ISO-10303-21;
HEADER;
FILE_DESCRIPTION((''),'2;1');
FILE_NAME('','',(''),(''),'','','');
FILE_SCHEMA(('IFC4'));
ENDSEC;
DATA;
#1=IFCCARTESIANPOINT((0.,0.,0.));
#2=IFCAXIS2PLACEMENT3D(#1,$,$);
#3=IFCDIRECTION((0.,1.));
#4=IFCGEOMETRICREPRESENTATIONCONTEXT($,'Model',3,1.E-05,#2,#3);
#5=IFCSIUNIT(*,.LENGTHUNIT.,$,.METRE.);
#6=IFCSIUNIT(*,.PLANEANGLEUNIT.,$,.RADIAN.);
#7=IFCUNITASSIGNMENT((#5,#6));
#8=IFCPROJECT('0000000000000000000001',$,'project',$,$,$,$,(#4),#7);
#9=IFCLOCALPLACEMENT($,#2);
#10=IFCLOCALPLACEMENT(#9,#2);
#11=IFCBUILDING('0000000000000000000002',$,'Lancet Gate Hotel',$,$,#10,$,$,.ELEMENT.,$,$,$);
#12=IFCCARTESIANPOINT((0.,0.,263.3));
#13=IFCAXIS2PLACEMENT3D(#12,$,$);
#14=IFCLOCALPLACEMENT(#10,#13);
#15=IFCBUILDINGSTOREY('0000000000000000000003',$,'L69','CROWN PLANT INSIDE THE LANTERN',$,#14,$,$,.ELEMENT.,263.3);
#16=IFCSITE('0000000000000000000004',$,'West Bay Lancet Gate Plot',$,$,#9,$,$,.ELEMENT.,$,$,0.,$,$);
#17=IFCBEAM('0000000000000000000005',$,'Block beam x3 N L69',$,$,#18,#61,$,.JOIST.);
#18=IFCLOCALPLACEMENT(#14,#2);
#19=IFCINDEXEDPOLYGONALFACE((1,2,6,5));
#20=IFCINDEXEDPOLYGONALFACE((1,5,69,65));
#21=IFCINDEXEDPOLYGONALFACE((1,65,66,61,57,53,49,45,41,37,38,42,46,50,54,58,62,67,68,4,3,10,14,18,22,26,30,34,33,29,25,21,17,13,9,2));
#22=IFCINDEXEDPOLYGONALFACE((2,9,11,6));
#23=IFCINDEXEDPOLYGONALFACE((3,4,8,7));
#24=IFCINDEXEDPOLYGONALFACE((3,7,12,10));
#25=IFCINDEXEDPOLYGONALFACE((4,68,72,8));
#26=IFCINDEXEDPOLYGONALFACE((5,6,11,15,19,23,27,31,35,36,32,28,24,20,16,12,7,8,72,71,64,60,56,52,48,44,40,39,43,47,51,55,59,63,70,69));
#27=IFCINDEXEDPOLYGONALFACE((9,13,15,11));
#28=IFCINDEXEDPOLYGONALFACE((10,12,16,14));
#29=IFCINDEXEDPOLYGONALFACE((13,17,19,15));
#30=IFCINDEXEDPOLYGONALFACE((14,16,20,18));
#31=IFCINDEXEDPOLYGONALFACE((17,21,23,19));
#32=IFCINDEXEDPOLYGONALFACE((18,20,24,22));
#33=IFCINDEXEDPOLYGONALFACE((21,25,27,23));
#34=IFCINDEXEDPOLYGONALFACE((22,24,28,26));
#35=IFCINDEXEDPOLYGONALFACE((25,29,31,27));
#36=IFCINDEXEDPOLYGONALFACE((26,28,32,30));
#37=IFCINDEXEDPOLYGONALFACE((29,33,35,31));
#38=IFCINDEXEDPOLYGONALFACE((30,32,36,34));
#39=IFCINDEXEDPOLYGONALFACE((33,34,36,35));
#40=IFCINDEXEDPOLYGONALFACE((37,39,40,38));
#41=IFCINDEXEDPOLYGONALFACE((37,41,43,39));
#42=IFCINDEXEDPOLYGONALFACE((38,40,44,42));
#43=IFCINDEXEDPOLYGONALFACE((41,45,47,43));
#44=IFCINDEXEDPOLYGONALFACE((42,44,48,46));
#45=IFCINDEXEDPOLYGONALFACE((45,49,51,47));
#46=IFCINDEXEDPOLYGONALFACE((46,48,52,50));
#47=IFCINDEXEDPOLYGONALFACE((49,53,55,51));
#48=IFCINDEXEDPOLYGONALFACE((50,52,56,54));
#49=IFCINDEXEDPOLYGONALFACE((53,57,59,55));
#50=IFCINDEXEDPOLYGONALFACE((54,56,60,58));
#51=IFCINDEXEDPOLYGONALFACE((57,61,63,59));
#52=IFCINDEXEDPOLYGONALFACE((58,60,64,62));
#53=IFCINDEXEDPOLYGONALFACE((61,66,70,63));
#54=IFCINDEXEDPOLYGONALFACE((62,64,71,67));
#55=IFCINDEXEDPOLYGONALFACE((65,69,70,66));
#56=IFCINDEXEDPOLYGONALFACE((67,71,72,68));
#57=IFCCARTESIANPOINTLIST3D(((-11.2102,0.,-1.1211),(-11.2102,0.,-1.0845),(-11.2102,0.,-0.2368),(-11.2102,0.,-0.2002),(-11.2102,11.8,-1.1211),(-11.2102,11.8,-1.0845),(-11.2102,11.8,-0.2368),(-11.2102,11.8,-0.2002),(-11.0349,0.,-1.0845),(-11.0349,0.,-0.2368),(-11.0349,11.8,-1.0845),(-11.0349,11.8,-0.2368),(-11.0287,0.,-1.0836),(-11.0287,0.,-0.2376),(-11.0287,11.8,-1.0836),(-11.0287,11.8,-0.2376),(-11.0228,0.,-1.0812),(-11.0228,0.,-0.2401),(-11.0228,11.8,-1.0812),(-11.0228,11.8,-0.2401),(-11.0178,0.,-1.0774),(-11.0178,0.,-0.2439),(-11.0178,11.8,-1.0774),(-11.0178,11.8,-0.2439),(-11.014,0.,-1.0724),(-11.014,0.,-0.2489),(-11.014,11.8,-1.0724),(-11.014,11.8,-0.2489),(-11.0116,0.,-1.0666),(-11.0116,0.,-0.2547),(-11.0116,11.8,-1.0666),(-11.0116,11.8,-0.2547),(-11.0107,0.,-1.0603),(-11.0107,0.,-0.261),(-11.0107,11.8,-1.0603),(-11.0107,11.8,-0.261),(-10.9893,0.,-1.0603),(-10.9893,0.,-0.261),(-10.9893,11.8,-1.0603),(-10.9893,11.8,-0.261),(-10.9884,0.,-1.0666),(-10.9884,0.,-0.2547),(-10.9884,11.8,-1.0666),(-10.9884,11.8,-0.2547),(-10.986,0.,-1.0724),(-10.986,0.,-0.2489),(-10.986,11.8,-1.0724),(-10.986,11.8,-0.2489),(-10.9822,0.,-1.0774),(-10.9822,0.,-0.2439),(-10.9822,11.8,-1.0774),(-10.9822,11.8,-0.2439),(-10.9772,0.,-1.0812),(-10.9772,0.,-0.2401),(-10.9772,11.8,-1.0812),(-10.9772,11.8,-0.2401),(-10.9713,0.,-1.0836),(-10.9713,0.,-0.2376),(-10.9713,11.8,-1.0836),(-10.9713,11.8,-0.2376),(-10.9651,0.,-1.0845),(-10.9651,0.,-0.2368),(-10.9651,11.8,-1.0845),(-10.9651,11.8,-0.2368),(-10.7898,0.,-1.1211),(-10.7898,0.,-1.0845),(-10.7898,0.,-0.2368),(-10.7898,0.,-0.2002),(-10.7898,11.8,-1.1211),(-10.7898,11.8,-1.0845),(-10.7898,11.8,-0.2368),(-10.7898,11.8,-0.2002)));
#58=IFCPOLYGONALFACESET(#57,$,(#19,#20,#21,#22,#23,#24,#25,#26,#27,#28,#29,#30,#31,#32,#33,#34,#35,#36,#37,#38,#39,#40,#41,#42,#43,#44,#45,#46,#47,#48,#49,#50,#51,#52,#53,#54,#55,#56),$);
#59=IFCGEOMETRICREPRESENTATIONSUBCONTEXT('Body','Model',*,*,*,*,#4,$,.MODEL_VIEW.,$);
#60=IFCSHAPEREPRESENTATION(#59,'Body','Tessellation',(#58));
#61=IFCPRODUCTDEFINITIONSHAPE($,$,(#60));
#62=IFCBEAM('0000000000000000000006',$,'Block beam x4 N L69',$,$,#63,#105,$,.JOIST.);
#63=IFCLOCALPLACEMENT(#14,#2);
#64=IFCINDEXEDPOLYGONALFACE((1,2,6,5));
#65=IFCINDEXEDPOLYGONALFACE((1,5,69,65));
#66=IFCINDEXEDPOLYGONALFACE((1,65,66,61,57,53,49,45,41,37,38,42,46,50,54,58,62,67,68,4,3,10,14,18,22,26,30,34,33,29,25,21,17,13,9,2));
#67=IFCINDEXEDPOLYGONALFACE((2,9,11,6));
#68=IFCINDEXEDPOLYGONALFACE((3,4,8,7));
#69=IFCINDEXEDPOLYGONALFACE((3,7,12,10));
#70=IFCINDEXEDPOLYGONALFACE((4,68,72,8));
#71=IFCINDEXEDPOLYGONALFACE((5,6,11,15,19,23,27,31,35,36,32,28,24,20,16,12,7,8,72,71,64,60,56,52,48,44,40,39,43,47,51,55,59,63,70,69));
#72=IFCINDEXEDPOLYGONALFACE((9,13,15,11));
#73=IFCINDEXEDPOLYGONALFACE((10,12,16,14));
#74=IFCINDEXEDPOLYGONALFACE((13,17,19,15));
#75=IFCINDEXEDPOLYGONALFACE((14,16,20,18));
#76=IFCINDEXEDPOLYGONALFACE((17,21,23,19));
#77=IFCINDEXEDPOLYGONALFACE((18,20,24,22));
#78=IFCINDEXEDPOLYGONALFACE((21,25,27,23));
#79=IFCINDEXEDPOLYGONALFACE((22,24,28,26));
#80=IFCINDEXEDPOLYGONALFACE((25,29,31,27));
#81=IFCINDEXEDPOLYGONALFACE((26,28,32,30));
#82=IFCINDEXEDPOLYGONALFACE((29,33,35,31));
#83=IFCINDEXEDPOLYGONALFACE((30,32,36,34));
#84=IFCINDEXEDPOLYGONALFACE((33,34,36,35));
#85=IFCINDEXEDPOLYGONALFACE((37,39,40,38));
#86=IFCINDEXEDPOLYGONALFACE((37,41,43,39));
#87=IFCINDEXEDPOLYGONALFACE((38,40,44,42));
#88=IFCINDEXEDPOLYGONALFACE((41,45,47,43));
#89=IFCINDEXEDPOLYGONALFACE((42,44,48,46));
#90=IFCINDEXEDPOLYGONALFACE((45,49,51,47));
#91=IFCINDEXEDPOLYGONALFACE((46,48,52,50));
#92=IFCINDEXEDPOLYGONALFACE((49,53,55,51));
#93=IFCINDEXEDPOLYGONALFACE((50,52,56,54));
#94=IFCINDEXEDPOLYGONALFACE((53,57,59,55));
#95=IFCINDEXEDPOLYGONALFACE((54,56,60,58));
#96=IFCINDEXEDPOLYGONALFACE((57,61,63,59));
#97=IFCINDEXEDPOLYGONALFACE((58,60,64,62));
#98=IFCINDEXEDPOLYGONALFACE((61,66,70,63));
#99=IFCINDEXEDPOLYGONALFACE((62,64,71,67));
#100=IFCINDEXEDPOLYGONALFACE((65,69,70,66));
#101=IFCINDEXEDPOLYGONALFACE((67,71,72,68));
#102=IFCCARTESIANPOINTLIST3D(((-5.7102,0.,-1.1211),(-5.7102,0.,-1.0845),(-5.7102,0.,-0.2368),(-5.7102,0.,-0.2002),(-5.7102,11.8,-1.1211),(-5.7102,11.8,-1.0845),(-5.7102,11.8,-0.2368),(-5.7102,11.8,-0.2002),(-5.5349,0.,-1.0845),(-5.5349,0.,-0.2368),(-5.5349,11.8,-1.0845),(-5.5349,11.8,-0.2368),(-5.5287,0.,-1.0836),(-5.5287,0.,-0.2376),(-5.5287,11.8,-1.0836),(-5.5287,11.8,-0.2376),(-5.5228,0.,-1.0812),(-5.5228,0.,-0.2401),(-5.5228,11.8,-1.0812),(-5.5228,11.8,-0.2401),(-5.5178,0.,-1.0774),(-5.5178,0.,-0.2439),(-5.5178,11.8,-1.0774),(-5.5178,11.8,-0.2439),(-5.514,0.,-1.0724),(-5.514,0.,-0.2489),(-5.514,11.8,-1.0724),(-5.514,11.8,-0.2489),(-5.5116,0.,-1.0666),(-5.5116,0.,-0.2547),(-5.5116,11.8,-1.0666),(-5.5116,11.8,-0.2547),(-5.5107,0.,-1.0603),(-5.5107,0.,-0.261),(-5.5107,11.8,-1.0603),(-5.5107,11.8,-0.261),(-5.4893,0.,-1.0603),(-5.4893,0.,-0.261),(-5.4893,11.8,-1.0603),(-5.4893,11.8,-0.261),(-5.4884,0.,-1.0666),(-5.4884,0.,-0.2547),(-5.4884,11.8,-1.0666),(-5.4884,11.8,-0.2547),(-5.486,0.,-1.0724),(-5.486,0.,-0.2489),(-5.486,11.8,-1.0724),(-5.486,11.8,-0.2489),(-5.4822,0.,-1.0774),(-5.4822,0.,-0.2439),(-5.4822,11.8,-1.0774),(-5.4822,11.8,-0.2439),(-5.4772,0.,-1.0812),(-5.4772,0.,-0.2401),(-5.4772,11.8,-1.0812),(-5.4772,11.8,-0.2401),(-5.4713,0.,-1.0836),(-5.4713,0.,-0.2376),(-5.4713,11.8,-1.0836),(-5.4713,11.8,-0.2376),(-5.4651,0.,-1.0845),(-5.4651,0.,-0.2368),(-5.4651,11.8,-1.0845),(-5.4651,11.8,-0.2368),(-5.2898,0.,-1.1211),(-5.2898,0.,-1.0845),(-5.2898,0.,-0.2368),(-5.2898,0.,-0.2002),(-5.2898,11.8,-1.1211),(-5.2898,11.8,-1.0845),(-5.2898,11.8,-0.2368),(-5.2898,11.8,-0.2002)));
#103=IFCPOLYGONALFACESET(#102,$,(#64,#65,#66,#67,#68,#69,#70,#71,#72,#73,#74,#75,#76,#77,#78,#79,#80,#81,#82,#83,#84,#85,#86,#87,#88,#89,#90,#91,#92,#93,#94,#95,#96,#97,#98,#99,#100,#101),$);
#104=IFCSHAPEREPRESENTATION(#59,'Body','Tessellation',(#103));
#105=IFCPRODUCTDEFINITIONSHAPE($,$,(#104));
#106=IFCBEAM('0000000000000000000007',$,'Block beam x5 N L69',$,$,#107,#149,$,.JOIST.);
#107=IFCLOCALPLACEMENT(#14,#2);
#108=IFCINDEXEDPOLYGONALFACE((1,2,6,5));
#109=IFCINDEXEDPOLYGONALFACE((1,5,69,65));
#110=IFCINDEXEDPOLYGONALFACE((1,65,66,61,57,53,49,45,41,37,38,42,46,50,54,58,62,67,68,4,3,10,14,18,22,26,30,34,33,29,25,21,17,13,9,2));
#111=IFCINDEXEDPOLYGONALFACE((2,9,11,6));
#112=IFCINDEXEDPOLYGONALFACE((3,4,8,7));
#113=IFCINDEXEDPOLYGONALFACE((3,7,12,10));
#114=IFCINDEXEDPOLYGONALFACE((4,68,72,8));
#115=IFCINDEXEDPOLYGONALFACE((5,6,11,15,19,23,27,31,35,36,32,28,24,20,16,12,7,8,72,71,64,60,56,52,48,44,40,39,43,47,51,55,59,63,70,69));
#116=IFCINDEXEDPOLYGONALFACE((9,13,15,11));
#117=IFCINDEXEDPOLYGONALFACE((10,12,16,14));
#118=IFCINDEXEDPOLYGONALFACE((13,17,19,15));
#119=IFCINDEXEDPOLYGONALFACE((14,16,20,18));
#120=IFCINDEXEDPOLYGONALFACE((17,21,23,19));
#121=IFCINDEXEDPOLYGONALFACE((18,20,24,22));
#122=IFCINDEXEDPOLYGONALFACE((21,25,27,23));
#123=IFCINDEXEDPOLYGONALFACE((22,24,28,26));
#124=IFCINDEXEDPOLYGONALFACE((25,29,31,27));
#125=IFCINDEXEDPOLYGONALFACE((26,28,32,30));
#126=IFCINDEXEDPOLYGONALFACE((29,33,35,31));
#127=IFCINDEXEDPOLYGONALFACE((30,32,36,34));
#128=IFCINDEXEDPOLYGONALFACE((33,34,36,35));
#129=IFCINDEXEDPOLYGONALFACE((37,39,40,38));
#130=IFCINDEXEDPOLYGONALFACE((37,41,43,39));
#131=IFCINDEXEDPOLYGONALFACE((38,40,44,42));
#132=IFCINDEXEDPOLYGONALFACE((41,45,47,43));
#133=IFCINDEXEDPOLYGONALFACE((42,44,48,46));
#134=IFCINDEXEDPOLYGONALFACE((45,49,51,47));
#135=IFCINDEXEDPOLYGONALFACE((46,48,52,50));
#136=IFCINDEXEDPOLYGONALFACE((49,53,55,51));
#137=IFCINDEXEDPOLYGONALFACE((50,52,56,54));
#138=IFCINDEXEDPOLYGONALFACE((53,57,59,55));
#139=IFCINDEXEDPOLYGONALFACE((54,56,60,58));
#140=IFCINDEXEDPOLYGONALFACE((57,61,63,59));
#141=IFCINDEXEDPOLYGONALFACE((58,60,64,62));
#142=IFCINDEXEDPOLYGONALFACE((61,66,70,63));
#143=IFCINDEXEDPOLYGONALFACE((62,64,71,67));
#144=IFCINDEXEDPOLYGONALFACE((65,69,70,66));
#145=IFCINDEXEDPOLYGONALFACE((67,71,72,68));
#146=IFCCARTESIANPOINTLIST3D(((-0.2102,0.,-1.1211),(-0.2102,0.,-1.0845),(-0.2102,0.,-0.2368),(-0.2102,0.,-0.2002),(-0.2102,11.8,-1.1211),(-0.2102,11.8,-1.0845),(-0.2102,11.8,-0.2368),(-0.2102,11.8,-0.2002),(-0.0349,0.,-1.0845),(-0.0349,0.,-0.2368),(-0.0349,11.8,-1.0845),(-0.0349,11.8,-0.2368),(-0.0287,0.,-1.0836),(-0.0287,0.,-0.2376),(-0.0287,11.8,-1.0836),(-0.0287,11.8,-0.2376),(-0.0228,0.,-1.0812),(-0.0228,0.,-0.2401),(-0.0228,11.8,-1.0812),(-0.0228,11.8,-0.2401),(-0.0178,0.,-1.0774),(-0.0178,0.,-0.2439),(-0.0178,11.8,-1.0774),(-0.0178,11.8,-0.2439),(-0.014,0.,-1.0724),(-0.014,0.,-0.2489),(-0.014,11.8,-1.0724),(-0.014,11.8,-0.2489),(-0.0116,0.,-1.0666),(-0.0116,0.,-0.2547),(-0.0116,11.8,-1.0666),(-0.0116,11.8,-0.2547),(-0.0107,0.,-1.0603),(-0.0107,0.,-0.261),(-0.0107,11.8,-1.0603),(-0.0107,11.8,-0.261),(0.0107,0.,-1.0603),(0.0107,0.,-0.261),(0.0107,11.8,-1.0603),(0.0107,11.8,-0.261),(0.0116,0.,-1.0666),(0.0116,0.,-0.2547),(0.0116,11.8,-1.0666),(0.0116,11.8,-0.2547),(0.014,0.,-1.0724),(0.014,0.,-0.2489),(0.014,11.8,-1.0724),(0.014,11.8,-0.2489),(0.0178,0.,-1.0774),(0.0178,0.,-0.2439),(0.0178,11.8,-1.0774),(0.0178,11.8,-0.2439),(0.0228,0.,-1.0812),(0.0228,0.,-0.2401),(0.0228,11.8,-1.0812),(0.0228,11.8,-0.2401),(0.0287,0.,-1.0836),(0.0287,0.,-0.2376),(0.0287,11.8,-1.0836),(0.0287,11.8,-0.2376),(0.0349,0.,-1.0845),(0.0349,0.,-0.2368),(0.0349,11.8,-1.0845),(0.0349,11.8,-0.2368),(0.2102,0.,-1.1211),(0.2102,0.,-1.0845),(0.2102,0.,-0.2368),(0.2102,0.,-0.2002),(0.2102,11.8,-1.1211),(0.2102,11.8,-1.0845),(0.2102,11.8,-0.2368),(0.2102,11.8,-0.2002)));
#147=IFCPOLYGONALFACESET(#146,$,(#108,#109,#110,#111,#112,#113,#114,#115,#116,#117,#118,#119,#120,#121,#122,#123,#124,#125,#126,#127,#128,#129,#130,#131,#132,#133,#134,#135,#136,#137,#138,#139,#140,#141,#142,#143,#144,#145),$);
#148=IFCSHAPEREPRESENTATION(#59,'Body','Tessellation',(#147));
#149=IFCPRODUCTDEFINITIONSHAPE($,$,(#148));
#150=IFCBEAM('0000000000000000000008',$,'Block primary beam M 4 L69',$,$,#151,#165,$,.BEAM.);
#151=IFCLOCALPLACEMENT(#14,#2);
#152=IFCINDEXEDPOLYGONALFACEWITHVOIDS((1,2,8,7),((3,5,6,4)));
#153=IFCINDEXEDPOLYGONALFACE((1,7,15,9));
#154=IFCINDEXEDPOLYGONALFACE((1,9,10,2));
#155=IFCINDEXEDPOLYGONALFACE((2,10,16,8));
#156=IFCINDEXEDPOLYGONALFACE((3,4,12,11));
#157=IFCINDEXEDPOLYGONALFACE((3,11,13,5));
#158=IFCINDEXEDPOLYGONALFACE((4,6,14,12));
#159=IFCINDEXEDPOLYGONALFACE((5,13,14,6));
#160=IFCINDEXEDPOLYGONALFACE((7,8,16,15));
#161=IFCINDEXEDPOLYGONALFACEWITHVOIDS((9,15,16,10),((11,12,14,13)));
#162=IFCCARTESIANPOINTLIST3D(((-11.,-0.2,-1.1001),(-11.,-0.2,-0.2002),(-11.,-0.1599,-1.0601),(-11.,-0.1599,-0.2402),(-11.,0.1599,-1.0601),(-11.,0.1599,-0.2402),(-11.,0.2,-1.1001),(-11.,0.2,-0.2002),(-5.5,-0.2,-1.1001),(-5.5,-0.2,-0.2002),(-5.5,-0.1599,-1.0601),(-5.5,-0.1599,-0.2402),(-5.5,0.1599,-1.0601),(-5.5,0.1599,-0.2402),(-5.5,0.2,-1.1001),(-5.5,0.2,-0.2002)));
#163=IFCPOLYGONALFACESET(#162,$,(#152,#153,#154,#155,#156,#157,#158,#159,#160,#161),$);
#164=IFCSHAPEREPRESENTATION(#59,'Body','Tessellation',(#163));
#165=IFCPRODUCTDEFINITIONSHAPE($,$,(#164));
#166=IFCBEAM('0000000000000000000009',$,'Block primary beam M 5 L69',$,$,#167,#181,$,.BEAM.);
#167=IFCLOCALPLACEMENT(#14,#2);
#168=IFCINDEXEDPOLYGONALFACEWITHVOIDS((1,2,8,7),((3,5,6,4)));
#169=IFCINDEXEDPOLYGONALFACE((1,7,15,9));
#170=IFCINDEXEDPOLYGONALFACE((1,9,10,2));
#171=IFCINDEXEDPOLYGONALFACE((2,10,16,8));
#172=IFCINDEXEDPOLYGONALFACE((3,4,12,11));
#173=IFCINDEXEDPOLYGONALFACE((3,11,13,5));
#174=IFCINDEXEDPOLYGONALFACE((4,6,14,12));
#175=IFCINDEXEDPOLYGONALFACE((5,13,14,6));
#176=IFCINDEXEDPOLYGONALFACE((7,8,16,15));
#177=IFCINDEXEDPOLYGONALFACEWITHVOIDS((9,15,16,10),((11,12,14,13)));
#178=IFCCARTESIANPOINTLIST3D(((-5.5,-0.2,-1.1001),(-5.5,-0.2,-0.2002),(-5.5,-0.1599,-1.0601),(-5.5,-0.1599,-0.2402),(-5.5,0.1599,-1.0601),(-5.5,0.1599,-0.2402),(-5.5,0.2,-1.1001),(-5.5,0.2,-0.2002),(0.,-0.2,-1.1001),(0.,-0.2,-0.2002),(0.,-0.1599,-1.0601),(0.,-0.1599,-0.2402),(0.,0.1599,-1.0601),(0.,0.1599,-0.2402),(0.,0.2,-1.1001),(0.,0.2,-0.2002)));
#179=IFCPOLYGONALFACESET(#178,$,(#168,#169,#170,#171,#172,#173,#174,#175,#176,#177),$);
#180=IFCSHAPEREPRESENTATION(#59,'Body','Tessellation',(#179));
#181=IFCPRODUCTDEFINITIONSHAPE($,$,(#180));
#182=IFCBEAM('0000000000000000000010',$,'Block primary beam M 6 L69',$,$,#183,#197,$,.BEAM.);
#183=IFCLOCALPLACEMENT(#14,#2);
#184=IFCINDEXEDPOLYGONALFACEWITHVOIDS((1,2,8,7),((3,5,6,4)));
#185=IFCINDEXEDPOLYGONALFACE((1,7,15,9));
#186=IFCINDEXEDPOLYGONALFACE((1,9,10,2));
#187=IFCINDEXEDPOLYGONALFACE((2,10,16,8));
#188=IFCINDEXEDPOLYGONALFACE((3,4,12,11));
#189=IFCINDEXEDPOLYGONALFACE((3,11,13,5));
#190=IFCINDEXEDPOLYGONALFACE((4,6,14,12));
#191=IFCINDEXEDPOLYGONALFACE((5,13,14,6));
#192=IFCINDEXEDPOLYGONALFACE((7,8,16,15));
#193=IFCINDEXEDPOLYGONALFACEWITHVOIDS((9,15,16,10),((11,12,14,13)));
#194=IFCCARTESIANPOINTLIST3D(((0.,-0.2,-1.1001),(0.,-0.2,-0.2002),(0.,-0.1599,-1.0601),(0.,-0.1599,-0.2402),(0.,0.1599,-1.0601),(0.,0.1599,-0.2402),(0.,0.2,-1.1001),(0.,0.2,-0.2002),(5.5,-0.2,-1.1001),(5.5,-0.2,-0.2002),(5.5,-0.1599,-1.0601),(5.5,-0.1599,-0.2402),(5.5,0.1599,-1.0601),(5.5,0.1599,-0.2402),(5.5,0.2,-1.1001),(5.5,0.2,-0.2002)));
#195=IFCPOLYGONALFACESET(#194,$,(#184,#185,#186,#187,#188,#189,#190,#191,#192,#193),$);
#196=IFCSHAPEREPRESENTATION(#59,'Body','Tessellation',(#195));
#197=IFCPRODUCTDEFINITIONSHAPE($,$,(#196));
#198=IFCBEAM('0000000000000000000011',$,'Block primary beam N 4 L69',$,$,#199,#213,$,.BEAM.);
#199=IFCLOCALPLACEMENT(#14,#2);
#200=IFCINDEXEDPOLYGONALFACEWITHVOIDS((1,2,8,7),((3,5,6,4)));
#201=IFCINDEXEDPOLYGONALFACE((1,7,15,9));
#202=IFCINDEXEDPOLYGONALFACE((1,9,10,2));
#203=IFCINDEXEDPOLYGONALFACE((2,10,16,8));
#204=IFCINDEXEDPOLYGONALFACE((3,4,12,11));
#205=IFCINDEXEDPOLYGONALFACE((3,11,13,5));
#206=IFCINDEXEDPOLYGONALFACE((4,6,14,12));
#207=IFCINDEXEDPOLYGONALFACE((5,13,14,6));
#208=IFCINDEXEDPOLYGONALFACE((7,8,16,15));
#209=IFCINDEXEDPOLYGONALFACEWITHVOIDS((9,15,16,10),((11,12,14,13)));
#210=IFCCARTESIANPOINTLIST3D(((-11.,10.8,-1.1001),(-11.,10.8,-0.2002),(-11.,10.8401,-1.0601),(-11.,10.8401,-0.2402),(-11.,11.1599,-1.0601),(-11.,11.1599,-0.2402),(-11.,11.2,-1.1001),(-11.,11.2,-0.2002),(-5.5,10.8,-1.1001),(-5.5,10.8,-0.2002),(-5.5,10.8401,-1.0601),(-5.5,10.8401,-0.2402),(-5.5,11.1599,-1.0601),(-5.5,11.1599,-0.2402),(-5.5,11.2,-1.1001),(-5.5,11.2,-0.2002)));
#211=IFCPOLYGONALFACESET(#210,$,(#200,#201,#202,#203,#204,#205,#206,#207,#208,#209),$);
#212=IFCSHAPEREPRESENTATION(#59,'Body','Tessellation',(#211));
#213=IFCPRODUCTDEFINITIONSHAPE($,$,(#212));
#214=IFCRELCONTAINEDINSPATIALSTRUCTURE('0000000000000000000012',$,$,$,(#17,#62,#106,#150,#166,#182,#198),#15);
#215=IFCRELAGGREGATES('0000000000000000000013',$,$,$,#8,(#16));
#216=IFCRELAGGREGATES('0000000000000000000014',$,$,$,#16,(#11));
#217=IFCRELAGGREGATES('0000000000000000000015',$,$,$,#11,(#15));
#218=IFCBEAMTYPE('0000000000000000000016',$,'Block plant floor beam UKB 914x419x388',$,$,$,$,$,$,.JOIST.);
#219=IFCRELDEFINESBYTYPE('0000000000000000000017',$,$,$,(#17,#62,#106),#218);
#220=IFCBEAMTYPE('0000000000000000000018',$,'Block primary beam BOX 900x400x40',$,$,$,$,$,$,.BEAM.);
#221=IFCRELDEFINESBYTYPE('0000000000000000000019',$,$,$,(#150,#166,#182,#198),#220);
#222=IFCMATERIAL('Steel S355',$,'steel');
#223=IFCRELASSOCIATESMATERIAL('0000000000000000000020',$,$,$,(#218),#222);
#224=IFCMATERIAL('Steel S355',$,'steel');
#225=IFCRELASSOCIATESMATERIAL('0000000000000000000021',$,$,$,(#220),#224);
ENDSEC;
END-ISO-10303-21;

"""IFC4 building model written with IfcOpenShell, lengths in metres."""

from ifc_helpers import new_model, si_unit, direction, frame, origin, origin_2d, place, context, subcontext, project, spatial, hollow_rectangle, i_section, extrude, material, material_profile, profile_set, type_object, element, save


model = new_model("IFC4")

# Units and contexts
model_context = context("Model", 3, precision=1e-05, world=origin(), true_north=direction((0.0, 1.0)))
body_context = subcontext(model_context, "Body", "Model", "MODEL_VIEW")
ifc_project = project(units=[si_unit("LENGTHUNIT", "METRE"), si_unit("PLANEANGLEUNIT", "RADIAN")], contexts=[model_context])

# Site, building, storey
site_placement = place(None, origin())
site = spatial("IfcSite", under=ifc_project, at=site_placement, Name="West Bay Lancet Gate Plot", CompositionType="ELEMENT", RefElevation=0.0)
building_placement = place(site_placement, origin())
building = spatial("IfcBuilding", under=site, at=building_placement, Name="Lancet Gate Hotel", CompositionType="ELEMENT")
storey_placement = place(building_placement, frame((0.0, 0.0, 263.3)))
storey = spatial("IfcBuildingStorey", under=building, at=storey_placement, Name="L69", Description="CROWN PLANT INSIDE THE LANTERN", CompositionType="ELEMENT", Elevation=263.3)

# Beams
ifc_material_1 = material(Name="Steel S355", Category="steel")
ifc_material_profile_1 = material_profile(ifc_material_1, i_section(OverallWidth=0.4204, OverallDepth=0.9209, WebThickness=0.0215, FlangeThickness=0.0366, FilletRadius=0.0242, at=origin_2d()), Name="UKB 914x419x388")
ifc_profile_set_1 = profile_set([ifc_material_profile_1], Name="Steel S355")
beam_type_1 = type_object("IfcBeamType", Name="Block plant floor beam UKB 914x419x388", PredefinedType="JOIST", material=ifc_profile_set_1)
for number, where, z_axis, x_axis, name in (
    (1, (-11.0, 0.0, -0.6606), (0.0, 1.0, 0.0), (-1.0, 0.0, 0.0), "Block beam x3 N L69"),
    (2, (-5.5, 0.0, -0.6606), (0.0, 1.0, 0.0), (-1.0, 0.0, 0.0), "Block beam x4 N L69"),
    (3, (0.0, 0.0, -0.6606), (0.0, 1.0, 0.0), (-1.0, 0.0, 0.0), "Block beam x5 N L69"),
):
    element("IfcBeam", number, at=place(storey_placement, frame(where, z_axis=z_axis, x_axis=x_axis)), inside=storey, type_object=beam_type_1, Name=name, PredefinedType="JOIST", context=body_context, shape_type="SweptSolid", body=[
        extrude(i_section(OverallWidth=0.4204, OverallDepth=0.9209, WebThickness=0.0215, FlangeThickness=0.0366, FilletRadius=0.0242, at=origin_2d()), origin(), (0.0, 0.0, 1.0), 11.8),
    ])
ifc_material_2 = material(Name="Steel S355", Category="steel")
ifc_material_profile_2 = material_profile(ifc_material_2, hollow_rectangle(XDim=0.3999, YDim=0.8999, WallThickness=0.04, at=origin_2d()), Name="BOX 900x400x40")
ifc_profile_set_2 = profile_set([ifc_material_profile_2], Name="Steel S355")
beam_type_2 = type_object("IfcBeamType", Name="Block primary beam BOX 900x400x40", PredefinedType="BEAM", material=ifc_profile_set_2)
for number, where, z_axis, x_axis, name in (
    (4, (-11.0, 0.0, -0.6501), (1.0, 0.0, 0.0), (0.0, 1.0, 0.0), "Block primary beam M 4 L69"),
    (5, (-5.5, 0.0, -0.6501), (1.0, 0.0, 0.0), (0.0, 1.0, 0.0), "Block primary beam M 5 L69"),
    (6, (0.0, 0.0, -0.6501), (1.0, 0.0, 0.0), (0.0, 1.0, 0.0), "Block primary beam M 6 L69"),
    (7, (-11.0, 11.0, -0.6501), (1.0, 0.0, 0.0), (0.0, 1.0, 0.0), "Block primary beam N 4 L69"),
):
    element("IfcBeam", number, at=place(storey_placement, frame(where, z_axis=z_axis, x_axis=x_axis)), inside=storey, type_object=beam_type_2, Name=name, PredefinedType="BEAM", context=body_context, shape_type="SweptSolid", body=[
        extrude(hollow_rectangle(XDim=0.3999, YDim=0.8999, WallThickness=0.04, at=origin_2d()), origin(), (0.0, 0.0, 1.0), 5.5),
    ])

save(model, "model.ifc")
